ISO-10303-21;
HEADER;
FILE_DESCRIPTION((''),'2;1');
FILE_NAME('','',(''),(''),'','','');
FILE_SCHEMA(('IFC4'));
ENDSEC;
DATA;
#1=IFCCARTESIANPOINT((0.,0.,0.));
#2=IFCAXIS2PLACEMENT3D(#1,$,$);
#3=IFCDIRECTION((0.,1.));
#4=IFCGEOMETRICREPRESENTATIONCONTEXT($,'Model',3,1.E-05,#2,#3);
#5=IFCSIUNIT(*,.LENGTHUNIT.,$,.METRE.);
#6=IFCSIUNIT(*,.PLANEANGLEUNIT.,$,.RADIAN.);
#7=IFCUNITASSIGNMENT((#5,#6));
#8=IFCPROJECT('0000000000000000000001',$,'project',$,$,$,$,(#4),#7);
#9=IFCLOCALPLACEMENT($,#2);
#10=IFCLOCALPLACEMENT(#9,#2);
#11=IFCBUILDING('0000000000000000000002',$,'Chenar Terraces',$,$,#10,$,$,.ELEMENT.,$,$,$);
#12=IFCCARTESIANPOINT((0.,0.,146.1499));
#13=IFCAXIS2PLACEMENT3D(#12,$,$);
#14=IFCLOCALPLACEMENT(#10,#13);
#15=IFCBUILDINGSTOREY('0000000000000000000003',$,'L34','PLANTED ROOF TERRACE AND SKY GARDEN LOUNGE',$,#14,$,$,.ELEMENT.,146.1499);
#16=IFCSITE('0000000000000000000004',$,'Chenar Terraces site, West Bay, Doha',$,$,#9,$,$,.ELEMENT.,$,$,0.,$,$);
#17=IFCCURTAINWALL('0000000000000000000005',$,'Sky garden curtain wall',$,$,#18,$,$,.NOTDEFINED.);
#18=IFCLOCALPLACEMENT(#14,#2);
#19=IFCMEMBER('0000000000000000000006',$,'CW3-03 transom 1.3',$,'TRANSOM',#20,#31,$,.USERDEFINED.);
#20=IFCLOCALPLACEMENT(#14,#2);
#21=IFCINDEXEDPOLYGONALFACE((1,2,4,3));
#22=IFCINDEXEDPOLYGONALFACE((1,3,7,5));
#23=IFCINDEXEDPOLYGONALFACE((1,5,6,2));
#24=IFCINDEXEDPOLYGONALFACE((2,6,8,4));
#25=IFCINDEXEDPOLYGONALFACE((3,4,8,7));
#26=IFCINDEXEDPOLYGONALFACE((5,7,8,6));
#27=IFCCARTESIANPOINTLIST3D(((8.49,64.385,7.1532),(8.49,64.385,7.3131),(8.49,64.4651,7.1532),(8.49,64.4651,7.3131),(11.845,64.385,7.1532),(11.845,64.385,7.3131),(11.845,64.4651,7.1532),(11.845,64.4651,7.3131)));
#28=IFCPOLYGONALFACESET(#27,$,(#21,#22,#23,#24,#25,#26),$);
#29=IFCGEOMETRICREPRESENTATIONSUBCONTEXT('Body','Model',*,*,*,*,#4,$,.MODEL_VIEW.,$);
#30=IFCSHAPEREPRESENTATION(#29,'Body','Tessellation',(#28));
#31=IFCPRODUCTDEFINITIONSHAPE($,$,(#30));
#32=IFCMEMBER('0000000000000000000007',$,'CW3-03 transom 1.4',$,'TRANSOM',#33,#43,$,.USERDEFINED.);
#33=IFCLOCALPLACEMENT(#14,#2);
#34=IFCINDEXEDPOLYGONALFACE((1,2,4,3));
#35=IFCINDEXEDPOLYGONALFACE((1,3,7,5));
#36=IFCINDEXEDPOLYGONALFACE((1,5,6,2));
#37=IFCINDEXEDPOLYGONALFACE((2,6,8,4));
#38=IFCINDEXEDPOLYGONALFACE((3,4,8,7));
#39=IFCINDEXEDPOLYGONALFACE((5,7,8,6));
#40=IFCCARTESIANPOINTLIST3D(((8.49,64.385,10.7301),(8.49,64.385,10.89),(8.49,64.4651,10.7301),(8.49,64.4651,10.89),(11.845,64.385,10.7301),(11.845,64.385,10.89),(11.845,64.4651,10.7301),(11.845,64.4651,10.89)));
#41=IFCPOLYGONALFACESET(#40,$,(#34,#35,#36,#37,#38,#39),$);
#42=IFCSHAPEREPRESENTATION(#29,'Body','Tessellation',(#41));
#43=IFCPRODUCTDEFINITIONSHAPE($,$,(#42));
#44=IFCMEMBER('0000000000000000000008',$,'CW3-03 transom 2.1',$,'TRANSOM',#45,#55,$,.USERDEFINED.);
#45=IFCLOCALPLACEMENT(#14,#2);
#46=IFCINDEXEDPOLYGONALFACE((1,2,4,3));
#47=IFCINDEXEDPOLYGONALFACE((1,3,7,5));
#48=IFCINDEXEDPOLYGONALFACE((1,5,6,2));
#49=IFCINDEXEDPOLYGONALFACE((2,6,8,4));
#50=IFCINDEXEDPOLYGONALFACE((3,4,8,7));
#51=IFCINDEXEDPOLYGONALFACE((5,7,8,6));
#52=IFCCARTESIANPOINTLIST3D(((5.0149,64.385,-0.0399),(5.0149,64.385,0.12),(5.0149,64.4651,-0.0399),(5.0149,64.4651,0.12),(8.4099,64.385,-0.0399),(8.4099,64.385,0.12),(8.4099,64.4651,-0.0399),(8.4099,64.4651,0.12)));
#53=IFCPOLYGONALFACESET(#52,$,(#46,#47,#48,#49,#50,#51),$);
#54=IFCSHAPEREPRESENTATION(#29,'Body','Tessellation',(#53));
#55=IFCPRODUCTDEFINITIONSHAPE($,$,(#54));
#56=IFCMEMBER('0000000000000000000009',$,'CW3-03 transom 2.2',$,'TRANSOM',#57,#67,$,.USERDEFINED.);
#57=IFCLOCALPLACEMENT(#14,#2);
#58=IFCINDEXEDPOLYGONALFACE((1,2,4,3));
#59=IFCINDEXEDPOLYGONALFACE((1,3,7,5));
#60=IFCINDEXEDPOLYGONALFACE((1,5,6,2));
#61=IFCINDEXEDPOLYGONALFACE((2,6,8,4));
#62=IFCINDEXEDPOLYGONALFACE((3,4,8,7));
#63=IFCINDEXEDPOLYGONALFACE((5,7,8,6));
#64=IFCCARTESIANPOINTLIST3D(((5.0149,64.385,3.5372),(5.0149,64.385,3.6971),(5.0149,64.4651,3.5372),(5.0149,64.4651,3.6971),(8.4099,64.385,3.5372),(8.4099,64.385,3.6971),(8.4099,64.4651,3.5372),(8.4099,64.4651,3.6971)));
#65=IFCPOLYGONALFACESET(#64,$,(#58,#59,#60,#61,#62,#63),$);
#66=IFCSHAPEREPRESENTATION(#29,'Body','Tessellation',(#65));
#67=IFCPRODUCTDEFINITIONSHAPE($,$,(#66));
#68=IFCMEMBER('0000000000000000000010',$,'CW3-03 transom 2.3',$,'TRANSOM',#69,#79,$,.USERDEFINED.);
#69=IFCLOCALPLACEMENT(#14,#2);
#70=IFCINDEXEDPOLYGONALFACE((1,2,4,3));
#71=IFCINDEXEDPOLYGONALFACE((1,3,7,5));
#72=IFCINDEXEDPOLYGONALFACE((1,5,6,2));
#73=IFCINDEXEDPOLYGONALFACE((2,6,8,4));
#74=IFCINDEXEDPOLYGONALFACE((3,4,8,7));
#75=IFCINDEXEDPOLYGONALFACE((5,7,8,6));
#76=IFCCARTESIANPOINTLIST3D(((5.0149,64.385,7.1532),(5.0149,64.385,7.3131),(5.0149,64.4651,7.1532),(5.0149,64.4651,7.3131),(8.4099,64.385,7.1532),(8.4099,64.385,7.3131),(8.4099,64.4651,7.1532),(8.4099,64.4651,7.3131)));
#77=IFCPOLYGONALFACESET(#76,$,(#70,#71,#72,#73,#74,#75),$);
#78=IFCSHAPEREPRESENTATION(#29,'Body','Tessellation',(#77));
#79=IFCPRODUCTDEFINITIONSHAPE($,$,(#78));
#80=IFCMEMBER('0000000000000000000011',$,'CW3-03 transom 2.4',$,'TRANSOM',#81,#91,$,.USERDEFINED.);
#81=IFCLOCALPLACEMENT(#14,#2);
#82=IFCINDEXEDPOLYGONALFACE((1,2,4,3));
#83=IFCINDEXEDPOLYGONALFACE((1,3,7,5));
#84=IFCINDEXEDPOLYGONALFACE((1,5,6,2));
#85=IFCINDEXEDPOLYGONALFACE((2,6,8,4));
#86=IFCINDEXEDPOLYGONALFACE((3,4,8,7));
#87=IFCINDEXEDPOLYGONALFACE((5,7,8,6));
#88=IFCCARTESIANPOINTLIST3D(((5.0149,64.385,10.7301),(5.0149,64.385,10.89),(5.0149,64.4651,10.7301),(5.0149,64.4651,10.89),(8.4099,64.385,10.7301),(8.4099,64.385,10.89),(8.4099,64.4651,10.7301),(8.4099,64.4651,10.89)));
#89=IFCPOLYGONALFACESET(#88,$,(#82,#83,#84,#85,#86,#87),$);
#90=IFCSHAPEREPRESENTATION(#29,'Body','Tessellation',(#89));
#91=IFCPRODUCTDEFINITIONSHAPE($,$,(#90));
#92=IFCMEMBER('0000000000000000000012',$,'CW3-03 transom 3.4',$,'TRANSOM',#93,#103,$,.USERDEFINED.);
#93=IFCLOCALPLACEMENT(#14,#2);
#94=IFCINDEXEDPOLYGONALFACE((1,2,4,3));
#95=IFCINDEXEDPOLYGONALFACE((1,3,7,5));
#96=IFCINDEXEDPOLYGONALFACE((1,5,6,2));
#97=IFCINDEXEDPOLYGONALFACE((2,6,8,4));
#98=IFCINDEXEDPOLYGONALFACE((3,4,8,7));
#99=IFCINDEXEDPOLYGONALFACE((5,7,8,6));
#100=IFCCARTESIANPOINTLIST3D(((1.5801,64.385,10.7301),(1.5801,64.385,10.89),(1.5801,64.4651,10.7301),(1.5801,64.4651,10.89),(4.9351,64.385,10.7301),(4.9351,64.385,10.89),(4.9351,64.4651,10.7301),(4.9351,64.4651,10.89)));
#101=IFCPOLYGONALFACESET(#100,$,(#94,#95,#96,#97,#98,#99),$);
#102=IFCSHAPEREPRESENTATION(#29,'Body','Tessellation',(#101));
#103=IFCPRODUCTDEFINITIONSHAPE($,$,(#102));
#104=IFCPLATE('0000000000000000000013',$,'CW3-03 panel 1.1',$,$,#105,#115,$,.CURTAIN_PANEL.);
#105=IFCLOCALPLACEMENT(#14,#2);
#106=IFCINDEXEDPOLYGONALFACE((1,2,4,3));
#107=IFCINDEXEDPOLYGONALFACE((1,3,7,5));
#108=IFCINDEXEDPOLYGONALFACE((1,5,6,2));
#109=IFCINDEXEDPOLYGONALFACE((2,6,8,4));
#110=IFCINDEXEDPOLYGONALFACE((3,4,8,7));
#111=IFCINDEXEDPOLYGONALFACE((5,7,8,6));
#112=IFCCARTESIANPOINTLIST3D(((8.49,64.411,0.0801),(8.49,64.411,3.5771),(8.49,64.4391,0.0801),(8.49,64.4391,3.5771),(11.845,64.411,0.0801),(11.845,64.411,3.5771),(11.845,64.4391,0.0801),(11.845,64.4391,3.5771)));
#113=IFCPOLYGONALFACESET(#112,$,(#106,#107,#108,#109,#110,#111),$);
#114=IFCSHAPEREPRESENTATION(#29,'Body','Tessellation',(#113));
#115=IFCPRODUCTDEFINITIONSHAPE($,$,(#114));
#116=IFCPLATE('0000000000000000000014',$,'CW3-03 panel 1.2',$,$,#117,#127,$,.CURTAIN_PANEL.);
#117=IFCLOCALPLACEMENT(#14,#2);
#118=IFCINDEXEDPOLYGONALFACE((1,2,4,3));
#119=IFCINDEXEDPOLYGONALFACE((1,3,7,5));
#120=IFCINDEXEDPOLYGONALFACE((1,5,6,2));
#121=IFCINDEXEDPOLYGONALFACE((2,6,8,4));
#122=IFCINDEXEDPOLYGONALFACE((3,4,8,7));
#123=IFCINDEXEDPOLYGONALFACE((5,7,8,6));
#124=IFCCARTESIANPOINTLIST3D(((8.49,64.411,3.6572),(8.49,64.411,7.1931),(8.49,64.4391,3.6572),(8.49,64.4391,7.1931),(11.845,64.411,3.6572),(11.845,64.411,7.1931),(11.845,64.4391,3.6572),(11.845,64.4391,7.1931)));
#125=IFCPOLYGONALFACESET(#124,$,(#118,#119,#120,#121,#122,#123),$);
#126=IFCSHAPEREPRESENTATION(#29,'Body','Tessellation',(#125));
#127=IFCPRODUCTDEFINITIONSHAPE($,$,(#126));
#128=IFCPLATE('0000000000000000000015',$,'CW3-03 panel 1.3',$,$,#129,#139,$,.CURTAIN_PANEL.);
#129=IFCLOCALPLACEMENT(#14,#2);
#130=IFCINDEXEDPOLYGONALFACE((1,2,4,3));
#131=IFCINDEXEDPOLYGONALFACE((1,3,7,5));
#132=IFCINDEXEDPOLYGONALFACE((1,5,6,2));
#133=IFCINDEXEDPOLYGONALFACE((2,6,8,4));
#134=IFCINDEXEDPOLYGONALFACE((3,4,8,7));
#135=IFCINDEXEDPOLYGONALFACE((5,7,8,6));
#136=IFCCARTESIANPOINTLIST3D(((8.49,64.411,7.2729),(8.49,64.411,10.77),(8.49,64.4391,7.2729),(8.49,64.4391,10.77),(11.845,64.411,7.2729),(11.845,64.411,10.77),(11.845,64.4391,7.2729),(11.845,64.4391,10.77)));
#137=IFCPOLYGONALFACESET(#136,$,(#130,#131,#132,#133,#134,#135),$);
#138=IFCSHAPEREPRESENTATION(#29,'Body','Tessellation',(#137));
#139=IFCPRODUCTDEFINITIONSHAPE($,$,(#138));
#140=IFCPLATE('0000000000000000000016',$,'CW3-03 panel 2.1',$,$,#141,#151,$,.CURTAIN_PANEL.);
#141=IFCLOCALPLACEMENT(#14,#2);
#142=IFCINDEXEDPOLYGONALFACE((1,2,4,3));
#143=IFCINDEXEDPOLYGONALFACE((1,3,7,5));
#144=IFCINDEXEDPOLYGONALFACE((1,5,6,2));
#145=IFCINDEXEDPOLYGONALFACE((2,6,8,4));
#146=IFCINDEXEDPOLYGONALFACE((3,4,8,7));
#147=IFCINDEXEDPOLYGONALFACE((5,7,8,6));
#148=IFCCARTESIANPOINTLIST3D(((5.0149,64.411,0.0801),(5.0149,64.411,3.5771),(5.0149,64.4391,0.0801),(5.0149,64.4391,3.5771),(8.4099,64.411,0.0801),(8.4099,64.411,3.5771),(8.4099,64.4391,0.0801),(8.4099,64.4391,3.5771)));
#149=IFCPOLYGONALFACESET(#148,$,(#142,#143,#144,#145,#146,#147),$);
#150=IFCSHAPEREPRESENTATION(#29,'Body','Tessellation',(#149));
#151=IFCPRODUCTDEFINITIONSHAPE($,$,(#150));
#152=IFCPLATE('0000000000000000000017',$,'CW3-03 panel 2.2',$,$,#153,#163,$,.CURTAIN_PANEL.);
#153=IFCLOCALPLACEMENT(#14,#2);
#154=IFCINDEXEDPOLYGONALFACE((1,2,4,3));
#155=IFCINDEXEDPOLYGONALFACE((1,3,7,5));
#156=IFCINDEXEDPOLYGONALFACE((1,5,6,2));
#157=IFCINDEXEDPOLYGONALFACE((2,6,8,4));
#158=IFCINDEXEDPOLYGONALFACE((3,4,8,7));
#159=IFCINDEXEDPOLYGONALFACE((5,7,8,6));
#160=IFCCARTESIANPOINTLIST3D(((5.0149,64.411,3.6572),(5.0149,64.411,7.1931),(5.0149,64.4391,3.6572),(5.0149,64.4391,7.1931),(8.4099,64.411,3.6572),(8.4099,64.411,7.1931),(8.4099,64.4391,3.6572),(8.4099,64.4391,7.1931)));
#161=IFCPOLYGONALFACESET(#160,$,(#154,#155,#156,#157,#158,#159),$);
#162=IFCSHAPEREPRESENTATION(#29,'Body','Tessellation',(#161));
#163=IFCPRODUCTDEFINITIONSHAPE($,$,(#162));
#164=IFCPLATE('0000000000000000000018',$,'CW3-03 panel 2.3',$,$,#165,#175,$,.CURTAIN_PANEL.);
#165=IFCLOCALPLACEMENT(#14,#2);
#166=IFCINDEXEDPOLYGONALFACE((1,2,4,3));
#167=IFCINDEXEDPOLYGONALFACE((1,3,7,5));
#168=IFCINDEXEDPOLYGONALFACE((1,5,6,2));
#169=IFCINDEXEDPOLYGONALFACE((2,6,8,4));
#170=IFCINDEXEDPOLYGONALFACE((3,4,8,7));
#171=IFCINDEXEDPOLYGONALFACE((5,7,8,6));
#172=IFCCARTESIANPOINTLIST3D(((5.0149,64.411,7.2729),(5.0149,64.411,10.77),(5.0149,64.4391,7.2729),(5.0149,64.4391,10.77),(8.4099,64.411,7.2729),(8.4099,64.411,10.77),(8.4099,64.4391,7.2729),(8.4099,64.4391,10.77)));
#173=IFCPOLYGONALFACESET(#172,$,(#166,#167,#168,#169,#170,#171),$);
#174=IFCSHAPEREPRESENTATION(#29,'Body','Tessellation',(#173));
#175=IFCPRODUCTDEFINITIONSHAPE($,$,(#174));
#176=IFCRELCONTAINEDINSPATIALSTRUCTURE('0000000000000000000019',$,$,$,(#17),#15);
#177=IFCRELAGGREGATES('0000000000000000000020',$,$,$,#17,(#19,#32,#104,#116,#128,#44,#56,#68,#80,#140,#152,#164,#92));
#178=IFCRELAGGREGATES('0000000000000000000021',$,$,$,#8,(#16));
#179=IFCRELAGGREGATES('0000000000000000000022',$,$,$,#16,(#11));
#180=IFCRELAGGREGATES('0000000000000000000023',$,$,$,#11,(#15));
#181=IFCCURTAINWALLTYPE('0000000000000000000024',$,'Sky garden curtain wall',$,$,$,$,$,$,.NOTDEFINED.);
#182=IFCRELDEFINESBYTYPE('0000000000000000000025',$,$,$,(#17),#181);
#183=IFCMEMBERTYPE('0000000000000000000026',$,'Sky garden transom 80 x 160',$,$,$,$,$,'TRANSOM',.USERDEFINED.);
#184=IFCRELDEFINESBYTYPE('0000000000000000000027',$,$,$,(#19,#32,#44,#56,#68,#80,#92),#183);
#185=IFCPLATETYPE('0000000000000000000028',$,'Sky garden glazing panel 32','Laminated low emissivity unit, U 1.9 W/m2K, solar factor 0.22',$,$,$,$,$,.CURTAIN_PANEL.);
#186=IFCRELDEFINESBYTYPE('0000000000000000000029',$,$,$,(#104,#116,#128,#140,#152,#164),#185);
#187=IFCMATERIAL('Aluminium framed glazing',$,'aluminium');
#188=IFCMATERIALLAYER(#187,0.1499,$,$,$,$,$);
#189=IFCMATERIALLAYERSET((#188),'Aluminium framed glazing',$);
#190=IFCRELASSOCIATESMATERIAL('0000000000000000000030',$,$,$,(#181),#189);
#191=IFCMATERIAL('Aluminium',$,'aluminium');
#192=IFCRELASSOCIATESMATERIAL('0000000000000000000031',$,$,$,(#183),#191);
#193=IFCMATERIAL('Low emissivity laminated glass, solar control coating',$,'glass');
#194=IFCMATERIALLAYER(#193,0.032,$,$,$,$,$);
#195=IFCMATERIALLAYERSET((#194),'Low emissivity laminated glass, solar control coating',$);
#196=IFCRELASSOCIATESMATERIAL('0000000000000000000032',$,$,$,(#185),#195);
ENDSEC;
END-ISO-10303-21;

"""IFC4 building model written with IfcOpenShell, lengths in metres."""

from ifc_helpers import new_model, si_unit, direction, frame, origin, origin_2d, place, context, subcontext, project, spatial, rectangle, extrude, material, layer, layer_set, material_profile, profile_set, type_object, element, aggregate, save


model = new_model("IFC4")

# Units and contexts
model_context = context("Model", 3, precision=1e-05, world=origin(), true_north=direction((0.0, 1.0)))
body_context = subcontext(model_context, "Body", "Model", "MODEL_VIEW")
ifc_project = project(units=[si_unit("LENGTHUNIT", "METRE"), si_unit("PLANEANGLEUNIT", "RADIAN")], contexts=[model_context])

# Site, building, storey
site_placement = place(None, origin())
site = spatial("IfcSite", under=ifc_project, at=site_placement, Name="Chenar Terraces site, West Bay, Doha", CompositionType="ELEMENT", RefElevation=0.0)
building_placement = place(site_placement, origin())
building = spatial("IfcBuilding", under=site, at=building_placement, Name="Chenar Terraces", CompositionType="ELEMENT")
storey_placement = place(building_placement, frame((0.0, 0.0, 146.1499)))
storey = spatial("IfcBuildingStorey", under=building, at=storey_placement, Name="L34", Description="PLANTED ROOF TERRACE AND SKY GARDEN LOUNGE", CompositionType="ELEMENT", Elevation=146.1499)

# Curtain wall
ifc_material_1 = material(Name="Aluminium framed glazing", Category="aluminium")
ifc_layer_1 = layer(ifc_material_1, 0.1499)
ifc_layer_set_1 = layer_set([ifc_layer_1], Name="Aluminium framed glazing")
curtain_wall_type = type_object("IfcCurtainWallType", Name="Sky garden curtain wall", PredefinedType="NOTDEFINED", material=ifc_layer_set_1)
placement = place(storey_placement, origin())
curtain_wall_1 = element("IfcCurtainWall", 1, at=placement, inside=storey, type_object=curtain_wall_type, Name="Sky garden curtain wall", PredefinedType="NOTDEFINED")

# Members
ifc_material_2 = material(Name="Aluminium", Category="aluminium")
ifc_material_profile_1 = material_profile(ifc_material_2, rectangle(XDim=0.0801, YDim=0.1599, at=origin_2d()), Name="Sky garden transom 80 x 160")
ifc_profile_set_1 = profile_set([ifc_material_profile_1], Name="Aluminium")
member_type_1 = type_object("IfcMemberType", Name="Sky garden transom 80 x 160", ElementType="TRANSOM", PredefinedType="USERDEFINED", material=ifc_profile_set_1)
member_1_placement = place(storey_placement, frame((11.845, 64.425, 7.2332), z_axis=(-1.0, 0.0, 0.0), x_axis=(0.0, -1.0, 0.0)))
member_1 = element("IfcMember", 2, at=member_1_placement, type_object=member_type_1, Name="CW3-03 transom 1.3", ObjectType="TRANSOM", PredefinedType="USERDEFINED", context=body_context, shape_type="SweptSolid", body=[
    extrude(rectangle(XDim=0.0801, YDim=0.1599, at=origin_2d()), origin(), (0.0, 0.0, 1.0), 3.355),
])
member_2_placement = place(storey_placement, frame((11.845, 64.425, 10.8101), z_axis=(-1.0, 0.0, 0.0), x_axis=(0.0, -1.0, 0.0)))
member_2 = element("IfcMember", 3, at=member_2_placement, type_object=member_type_1, Name="CW3-03 transom 1.4", ObjectType="TRANSOM", PredefinedType="USERDEFINED", context=body_context, shape_type="SweptSolid", body=[
    extrude(rectangle(XDim=0.0801, YDim=0.1599, at=origin_2d()), origin(), (0.0, 0.0, 1.0), 3.355),
])
member_3_placement = place(storey_placement, frame((8.4099, 64.425, 0.04), z_axis=(-1.0, 0.0, 0.0), x_axis=(0.0, -1.0, 0.0)))
member_3 = element("IfcMember", 4, at=member_3_placement, type_object=member_type_1, Name="CW3-03 transom 2.1", ObjectType="TRANSOM", PredefinedType="USERDEFINED", context=body_context, shape_type="SweptSolid", body=[
    extrude(rectangle(XDim=0.0801, YDim=0.1599, at=origin_2d()), origin(), (0.0, 0.0, 1.0), 3.395),
])
member_4_placement = place(storey_placement, frame((8.4099, 64.425, 3.6172), z_axis=(-1.0, 0.0, 0.0), x_axis=(0.0, -1.0, 0.0)))
member_4 = element("IfcMember", 5, at=member_4_placement, type_object=member_type_1, Name="CW3-03 transom 2.2", ObjectType="TRANSOM", PredefinedType="USERDEFINED", context=body_context, shape_type="SweptSolid", body=[
    extrude(rectangle(XDim=0.0801, YDim=0.1599, at=origin_2d()), origin(), (0.0, 0.0, 1.0), 3.395),
])
member_5_placement = place(storey_placement, frame((8.4099, 64.425, 7.2332), z_axis=(-1.0, 0.0, 0.0), x_axis=(0.0, -1.0, 0.0)))
member_5 = element("IfcMember", 6, at=member_5_placement, type_object=member_type_1, Name="CW3-03 transom 2.3", ObjectType="TRANSOM", PredefinedType="USERDEFINED", context=body_context, shape_type="SweptSolid", body=[
    extrude(rectangle(XDim=0.0801, YDim=0.1599, at=origin_2d()), origin(), (0.0, 0.0, 1.0), 3.395),
])
member_6_placement = place(storey_placement, frame((8.4099, 64.425, 10.8101), z_axis=(-1.0, 0.0, 0.0), x_axis=(0.0, -1.0, 0.0)))
member_6 = element("IfcMember", 7, at=member_6_placement, type_object=member_type_1, Name="CW3-03 transom 2.4", ObjectType="TRANSOM", PredefinedType="USERDEFINED", context=body_context, shape_type="SweptSolid", body=[
    extrude(rectangle(XDim=0.0801, YDim=0.1599, at=origin_2d()), origin(), (0.0, 0.0, 1.0), 3.395),
])
member_7_placement = place(storey_placement, frame((4.9351, 64.425, 10.8101), z_axis=(-1.0, 0.0, 0.0), x_axis=(0.0, -1.0, 0.0)))
member_7 = element("IfcMember", 8, at=member_7_placement, type_object=member_type_1, Name="CW3-03 transom 3.4", ObjectType="TRANSOM", PredefinedType="USERDEFINED", context=body_context, shape_type="SweptSolid", body=[
    extrude(rectangle(XDim=0.0801, YDim=0.1599, at=origin_2d()), origin(), (0.0, 0.0, 1.0), 3.355),
])

# Plates
ifc_material_3 = material(Name="Low emissivity laminated glass, solar control coating", Category="glass")
ifc_layer_2 = layer(ifc_material_3, 0.032)
ifc_layer_set_2 = layer_set([ifc_layer_2], Name="Low emissivity laminated glass, solar control coating")
plate_type = type_object("IfcPlateType", Name="Sky garden glazing panel 32", Description="Laminated low emissivity unit, U 1.9 W/m2K, solar factor 0.22", PredefinedType="CURTAIN_PANEL", material=ifc_layer_set_2)
plate_1_placement = place(storey_placement, frame((10.1675, 64.425, 0.0801), z_axis=(0.0, 0.0, 1.0), x_axis=(-1.0, 0.0, 0.0)))
plate_1 = element("IfcPlate", 9, at=plate_1_placement, type_object=plate_type, Name="CW3-03 panel 1.1", PredefinedType="CURTAIN_PANEL", context=body_context, shape_type="SweptSolid", body=[
    extrude(rectangle(XDim=3.355, YDim=0.0281, at=origin_2d()), origin(), (0.0, 0.0, 1.0), 3.4971),
])
plate_2_placement = place(storey_placement, frame((10.1675, 64.425, 3.6572), z_axis=(0.0, 0.0, 1.0), x_axis=(-1.0, 0.0, 0.0)))
plate_2 = element("IfcPlate", 10, at=plate_2_placement, type_object=plate_type, Name="CW3-03 panel 1.2", PredefinedType="CURTAIN_PANEL", context=body_context, shape_type="SweptSolid", body=[
    extrude(rectangle(XDim=3.355, YDim=0.0281, at=origin_2d()), origin(), (0.0, 0.0, 1.0), 3.5359),
])
plate_3_placement = place(storey_placement, frame((10.1675, 64.425, 7.2729), z_axis=(0.0, 0.0, 1.0), x_axis=(-1.0, 0.0, 0.0)))
plate_3 = element("IfcPlate", 11, at=plate_3_placement, type_object=plate_type, Name="CW3-03 panel 1.3", PredefinedType="CURTAIN_PANEL", context=body_context, shape_type="SweptSolid", body=[
    extrude(rectangle(XDim=3.355, YDim=0.0281, at=origin_2d()), origin(), (0.0, 0.0, 1.0), 3.4971),
])
plate_4_placement = place(storey_placement, frame((6.7124, 64.425, 0.0801), z_axis=(0.0, 0.0, 1.0), x_axis=(-1.0, 0.0, 0.0)))
plate_4 = element("IfcPlate", 12, at=plate_4_placement, type_object=plate_type, Name="CW3-03 panel 2.1", PredefinedType="CURTAIN_PANEL", context=body_context, shape_type="SweptSolid", body=[
    extrude(rectangle(XDim=3.395, YDim=0.0281, at=origin_2d()), origin(), (0.0, 0.0, 1.0), 3.4971),
])
plate_5_placement = place(storey_placement, frame((6.7124, 64.425, 3.6572), z_axis=(0.0, 0.0, 1.0), x_axis=(-1.0, 0.0, 0.0)))
plate_5 = element("IfcPlate", 13, at=plate_5_placement, type_object=plate_type, Name="CW3-03 panel 2.2", PredefinedType="CURTAIN_PANEL", context=body_context, shape_type="SweptSolid", body=[
    extrude(rectangle(XDim=3.395, YDim=0.0281, at=origin_2d()), origin(), (0.0, 0.0, 1.0), 3.5359),
])
plate_6_placement = place(storey_placement, frame((6.7124, 64.425, 7.2729), z_axis=(0.0, 0.0, 1.0), x_axis=(-1.0, 0.0, 0.0)))
plate_6 = element("IfcPlate", 14, at=plate_6_placement, type_object=plate_type, Name="CW3-03 panel 2.3", PredefinedType="CURTAIN_PANEL", context=body_context, shape_type="SweptSolid", body=[
    extrude(rectangle(XDim=3.395, YDim=0.0281, at=origin_2d()), origin(), (0.0, 0.0, 1.0), 3.4971),
])
aggregate(curtain_wall_1, [member_1, member_2, plate_1, plate_2, plate_3, member_3, member_4, member_5, member_6, plate_4, plate_5, plate_6, member_7])

save(model, "model.ifc")
